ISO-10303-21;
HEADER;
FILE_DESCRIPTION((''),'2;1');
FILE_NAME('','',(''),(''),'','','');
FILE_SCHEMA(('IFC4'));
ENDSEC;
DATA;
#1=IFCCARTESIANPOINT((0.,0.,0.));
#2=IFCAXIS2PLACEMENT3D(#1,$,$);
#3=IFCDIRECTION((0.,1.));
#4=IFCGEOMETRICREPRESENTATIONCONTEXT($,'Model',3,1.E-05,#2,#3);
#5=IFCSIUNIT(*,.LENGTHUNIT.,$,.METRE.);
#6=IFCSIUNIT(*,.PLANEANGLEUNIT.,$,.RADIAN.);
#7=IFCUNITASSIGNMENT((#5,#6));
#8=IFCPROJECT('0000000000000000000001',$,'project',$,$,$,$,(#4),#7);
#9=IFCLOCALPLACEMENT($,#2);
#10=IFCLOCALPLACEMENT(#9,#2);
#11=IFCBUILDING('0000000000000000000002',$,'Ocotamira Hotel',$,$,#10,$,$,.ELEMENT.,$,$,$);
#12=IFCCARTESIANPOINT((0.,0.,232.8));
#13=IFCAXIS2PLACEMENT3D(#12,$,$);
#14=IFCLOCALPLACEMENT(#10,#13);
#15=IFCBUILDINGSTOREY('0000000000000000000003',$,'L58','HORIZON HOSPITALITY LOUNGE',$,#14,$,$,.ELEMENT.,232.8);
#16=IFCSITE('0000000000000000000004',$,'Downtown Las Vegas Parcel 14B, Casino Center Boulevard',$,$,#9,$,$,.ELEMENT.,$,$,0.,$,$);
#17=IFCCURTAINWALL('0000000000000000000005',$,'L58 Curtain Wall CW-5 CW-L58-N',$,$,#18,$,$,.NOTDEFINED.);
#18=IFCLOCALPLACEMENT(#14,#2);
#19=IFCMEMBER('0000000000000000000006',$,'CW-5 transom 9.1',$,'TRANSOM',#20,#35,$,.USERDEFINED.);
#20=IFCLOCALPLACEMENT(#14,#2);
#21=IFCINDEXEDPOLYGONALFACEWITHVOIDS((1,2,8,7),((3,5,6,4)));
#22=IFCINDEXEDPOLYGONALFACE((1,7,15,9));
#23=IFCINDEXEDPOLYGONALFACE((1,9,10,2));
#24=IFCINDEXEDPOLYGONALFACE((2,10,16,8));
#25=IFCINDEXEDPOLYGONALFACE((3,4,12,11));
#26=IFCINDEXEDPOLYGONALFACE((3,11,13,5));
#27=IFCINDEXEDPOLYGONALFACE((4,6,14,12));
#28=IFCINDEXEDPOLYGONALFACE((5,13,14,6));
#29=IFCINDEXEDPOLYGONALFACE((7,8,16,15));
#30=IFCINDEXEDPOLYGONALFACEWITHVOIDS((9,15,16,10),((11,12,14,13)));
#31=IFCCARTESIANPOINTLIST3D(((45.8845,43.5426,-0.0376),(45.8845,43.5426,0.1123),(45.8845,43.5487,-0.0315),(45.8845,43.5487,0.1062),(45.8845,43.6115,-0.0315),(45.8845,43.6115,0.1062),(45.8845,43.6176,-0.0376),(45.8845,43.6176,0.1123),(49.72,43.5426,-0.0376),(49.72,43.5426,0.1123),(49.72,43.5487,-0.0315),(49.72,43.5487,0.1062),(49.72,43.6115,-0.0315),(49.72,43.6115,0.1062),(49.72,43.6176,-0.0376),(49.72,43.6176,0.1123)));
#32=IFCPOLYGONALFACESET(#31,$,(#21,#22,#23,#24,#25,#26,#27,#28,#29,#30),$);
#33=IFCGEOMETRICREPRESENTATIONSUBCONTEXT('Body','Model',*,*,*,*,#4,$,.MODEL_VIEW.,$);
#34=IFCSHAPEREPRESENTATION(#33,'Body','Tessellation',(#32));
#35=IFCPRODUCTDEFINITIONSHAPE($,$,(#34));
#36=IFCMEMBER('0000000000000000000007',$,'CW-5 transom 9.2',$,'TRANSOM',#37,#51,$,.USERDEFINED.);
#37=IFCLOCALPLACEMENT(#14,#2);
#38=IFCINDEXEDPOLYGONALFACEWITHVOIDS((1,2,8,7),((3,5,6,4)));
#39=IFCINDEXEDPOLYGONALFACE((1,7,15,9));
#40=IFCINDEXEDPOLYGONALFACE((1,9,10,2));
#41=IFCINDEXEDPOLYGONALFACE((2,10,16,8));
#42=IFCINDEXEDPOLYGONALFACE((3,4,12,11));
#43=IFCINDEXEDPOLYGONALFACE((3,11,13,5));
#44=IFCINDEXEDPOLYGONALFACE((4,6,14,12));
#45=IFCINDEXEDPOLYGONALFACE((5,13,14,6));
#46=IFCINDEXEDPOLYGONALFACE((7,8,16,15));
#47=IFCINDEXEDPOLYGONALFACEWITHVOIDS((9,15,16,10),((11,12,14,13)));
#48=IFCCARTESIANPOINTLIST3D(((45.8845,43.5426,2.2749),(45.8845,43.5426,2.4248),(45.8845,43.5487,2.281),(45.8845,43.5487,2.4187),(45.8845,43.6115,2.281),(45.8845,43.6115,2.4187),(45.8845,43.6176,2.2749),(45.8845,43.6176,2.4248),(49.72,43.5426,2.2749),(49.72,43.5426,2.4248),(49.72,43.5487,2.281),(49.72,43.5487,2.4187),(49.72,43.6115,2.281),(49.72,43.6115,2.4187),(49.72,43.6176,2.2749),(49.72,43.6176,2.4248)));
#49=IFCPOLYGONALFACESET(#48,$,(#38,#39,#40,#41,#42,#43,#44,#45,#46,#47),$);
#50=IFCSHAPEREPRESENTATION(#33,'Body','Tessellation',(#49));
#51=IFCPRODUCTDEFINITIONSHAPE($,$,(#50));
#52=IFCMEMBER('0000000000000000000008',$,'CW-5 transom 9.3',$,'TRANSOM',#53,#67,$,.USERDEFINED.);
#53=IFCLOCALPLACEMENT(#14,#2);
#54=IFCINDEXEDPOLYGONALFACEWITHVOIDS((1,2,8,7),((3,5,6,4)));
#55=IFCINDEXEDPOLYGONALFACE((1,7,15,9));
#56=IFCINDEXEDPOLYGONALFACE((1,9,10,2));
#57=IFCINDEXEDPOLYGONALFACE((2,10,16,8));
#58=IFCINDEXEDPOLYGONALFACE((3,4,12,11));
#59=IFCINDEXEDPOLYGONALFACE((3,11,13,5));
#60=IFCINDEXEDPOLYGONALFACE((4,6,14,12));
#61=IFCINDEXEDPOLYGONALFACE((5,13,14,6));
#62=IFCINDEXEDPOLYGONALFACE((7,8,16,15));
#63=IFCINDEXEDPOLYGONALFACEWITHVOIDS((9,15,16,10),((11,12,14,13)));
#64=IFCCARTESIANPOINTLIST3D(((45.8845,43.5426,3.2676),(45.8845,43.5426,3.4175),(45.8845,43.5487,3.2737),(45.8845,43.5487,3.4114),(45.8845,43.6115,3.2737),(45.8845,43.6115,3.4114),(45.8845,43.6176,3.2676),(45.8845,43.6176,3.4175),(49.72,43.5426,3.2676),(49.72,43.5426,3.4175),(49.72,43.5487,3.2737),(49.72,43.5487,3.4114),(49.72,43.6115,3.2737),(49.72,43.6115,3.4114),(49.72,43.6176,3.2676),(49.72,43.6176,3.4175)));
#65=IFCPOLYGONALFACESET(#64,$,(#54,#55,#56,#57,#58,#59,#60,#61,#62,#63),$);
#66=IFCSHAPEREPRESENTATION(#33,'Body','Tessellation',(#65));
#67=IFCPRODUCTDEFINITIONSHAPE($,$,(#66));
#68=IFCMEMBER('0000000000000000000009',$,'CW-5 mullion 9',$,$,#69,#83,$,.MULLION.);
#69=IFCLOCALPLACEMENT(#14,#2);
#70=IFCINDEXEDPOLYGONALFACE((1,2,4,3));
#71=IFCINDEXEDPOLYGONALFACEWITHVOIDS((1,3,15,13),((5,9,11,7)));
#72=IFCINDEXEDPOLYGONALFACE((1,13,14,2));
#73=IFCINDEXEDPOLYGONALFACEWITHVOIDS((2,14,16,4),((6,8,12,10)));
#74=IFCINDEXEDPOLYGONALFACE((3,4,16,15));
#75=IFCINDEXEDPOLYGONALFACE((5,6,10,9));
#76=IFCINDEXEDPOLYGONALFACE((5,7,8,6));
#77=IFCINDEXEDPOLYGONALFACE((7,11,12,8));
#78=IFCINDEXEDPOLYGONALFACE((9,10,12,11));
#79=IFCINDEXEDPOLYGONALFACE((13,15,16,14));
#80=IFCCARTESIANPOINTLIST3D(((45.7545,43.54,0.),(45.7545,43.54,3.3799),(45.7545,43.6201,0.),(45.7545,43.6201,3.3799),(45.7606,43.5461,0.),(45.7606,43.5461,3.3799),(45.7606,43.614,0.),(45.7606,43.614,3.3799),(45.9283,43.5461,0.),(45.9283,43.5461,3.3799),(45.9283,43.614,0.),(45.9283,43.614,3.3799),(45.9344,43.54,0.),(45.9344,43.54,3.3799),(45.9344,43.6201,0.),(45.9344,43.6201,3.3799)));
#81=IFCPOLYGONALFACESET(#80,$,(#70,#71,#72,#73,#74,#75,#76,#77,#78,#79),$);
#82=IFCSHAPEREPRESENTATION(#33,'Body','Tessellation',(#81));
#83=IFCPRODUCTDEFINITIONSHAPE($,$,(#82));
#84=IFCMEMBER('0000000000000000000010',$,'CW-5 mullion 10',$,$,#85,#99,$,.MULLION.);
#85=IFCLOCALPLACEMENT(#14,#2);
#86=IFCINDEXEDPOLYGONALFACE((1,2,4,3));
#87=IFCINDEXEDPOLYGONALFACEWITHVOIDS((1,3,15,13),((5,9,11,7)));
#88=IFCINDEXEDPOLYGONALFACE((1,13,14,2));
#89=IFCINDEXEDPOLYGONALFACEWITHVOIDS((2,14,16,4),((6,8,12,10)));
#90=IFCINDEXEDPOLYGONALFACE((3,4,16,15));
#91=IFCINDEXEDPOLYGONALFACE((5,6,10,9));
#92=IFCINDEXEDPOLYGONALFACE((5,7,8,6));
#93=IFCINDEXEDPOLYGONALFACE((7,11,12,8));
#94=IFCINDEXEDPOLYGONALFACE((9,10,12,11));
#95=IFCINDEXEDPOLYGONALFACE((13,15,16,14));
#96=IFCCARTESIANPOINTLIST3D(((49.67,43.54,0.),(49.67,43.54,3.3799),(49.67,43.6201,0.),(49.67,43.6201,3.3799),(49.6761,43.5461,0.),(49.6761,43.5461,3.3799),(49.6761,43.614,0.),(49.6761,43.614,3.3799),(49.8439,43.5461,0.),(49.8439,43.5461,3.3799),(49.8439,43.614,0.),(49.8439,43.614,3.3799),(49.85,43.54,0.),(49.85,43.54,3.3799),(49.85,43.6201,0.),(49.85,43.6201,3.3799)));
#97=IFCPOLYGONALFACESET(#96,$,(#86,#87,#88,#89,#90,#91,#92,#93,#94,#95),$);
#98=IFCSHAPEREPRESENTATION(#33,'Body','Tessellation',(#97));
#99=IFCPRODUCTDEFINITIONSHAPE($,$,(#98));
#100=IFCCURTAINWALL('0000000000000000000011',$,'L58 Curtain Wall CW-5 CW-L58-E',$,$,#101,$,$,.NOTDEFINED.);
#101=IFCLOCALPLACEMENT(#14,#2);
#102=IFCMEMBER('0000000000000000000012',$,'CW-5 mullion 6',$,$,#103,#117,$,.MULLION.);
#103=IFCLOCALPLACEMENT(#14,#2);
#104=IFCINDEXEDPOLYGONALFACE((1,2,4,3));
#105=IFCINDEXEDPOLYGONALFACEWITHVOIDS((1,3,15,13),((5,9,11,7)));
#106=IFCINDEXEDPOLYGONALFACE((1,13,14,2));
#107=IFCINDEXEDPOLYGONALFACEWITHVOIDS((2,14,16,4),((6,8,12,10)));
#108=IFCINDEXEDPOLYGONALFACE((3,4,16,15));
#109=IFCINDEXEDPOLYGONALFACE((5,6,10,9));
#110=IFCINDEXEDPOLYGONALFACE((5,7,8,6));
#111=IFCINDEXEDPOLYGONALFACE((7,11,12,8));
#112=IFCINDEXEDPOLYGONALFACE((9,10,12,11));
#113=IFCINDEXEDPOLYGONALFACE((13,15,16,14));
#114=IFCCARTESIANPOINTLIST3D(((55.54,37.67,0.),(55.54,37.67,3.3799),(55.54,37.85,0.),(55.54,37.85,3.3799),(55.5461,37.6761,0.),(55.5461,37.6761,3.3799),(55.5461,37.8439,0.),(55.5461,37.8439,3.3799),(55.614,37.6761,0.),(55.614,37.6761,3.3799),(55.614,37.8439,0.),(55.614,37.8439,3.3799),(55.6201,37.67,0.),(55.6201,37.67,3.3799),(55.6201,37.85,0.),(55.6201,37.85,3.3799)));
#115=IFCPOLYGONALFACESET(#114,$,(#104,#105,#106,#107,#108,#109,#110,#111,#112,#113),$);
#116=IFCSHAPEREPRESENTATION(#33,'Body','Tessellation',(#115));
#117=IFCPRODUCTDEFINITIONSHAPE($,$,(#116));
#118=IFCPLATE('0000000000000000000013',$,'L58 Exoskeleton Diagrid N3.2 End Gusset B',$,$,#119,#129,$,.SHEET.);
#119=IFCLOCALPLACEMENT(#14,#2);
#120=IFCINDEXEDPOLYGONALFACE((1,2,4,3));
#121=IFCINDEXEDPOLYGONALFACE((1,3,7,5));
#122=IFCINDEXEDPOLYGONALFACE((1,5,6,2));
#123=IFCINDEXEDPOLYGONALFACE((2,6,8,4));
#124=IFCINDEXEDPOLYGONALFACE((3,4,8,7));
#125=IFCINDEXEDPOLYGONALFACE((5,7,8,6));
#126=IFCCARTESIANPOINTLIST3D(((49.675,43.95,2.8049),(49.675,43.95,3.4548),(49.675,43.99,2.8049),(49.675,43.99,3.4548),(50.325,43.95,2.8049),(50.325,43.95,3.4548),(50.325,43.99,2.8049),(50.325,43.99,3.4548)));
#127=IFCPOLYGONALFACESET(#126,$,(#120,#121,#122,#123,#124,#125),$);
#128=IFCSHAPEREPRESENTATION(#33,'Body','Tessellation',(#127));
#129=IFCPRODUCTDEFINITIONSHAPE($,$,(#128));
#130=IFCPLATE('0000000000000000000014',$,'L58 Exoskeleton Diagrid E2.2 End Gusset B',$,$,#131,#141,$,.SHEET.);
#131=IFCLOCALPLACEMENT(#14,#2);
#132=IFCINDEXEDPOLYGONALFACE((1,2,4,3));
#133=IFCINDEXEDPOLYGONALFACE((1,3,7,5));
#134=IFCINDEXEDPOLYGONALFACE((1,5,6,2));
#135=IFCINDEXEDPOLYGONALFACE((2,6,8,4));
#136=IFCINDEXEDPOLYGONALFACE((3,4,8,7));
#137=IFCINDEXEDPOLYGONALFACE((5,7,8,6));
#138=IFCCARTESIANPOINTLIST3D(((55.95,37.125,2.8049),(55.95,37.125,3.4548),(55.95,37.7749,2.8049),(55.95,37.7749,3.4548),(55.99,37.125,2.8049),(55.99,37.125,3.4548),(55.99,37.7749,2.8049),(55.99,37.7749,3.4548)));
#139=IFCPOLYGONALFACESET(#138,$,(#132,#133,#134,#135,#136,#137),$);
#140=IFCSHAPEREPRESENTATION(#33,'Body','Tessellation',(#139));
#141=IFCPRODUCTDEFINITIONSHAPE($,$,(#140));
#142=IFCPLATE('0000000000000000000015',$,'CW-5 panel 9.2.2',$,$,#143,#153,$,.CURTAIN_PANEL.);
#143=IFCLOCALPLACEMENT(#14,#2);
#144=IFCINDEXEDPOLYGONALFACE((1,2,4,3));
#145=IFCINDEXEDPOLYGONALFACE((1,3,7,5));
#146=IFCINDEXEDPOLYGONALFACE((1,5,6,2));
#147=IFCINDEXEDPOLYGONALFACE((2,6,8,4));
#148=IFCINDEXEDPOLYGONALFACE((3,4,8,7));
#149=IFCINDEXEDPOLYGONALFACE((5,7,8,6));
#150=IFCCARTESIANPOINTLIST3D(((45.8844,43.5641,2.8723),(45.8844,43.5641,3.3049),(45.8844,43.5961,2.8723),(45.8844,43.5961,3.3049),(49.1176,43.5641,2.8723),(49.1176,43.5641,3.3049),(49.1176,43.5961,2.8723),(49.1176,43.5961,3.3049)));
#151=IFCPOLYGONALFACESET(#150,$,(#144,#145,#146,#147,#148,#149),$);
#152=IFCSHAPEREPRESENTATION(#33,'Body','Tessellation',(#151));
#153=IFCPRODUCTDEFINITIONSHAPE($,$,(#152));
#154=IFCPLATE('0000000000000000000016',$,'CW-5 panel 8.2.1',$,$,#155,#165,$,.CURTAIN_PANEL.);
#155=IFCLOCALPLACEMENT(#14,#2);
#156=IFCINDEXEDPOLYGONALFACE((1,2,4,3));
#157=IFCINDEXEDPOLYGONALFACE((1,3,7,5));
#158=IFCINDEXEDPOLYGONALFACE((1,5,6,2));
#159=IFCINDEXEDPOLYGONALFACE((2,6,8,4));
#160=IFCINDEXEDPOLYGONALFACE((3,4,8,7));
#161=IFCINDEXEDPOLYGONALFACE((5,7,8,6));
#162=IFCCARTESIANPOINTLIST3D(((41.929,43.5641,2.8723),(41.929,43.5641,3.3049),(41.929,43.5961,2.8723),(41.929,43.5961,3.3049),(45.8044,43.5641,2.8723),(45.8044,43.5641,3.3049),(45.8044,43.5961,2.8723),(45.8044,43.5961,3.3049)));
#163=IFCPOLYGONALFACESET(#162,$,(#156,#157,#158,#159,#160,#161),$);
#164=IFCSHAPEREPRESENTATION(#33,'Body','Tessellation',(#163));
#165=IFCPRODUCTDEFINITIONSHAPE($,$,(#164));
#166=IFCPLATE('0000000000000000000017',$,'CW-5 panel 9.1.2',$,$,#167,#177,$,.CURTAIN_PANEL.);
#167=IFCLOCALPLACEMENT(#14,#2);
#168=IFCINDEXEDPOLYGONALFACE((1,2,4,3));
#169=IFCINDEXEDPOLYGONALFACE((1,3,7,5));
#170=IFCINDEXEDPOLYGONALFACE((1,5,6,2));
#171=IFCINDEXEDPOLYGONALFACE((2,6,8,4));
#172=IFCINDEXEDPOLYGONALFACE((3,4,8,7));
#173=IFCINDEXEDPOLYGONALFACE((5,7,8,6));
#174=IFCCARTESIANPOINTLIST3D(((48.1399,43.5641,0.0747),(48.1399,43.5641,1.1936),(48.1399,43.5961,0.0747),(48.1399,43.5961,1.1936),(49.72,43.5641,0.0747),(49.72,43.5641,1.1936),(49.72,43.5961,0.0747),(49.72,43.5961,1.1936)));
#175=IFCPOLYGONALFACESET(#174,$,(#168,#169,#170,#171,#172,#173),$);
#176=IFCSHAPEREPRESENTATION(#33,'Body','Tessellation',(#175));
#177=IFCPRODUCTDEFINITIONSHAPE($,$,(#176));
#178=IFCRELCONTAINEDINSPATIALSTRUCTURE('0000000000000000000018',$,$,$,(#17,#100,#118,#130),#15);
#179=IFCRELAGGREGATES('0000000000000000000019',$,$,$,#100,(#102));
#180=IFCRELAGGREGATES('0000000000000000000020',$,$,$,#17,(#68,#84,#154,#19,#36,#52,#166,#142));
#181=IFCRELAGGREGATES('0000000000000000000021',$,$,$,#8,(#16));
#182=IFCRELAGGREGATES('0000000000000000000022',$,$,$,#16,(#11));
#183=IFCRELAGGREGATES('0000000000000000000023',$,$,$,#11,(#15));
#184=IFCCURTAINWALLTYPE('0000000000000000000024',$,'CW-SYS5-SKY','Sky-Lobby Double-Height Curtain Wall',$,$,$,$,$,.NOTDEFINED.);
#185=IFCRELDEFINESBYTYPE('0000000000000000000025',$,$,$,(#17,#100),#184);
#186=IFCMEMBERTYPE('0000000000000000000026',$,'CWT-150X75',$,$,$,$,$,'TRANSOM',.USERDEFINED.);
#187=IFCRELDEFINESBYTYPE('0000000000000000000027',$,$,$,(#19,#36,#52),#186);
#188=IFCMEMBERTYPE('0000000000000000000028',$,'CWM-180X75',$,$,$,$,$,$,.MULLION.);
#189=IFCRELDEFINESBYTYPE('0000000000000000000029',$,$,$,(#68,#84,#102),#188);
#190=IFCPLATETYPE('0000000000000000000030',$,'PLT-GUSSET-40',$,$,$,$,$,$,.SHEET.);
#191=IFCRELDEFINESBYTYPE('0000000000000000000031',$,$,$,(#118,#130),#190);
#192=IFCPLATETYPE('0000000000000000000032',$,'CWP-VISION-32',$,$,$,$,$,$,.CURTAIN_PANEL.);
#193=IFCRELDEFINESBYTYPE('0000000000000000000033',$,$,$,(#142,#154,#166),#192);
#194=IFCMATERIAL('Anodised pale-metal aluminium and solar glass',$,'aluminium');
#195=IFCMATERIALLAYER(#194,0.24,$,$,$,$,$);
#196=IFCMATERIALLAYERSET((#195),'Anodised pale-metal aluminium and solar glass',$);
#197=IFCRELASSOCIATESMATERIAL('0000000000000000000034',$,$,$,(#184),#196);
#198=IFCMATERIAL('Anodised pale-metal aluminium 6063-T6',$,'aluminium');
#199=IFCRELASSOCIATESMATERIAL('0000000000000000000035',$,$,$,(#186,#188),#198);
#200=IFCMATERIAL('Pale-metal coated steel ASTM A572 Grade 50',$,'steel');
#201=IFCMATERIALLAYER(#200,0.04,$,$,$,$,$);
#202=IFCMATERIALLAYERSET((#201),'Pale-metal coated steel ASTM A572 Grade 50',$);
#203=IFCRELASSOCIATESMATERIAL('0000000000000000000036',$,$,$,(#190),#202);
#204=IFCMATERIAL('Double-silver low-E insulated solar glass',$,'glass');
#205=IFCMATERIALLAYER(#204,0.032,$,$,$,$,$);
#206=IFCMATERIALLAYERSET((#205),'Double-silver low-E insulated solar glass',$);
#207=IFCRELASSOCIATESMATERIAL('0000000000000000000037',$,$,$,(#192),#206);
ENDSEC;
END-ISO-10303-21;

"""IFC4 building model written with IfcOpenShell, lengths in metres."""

from ifc_helpers import new_model, si_unit, direction, frame, origin, origin_2d, place, context, subcontext, project, spatial, rectangle, hollow_rectangle, extrude, source, transform, mapped, material, layer, layer_set, material_profile, profile_set, type_object, element, aggregate, save


model = new_model("IFC4")

# Units and contexts
model_context = context("Model", 3, precision=1e-05, world=origin(), true_north=direction((0.0, 1.0)))
body_context = subcontext(model_context, "Body", "Model", "MODEL_VIEW")
ifc_project = project(units=[si_unit("LENGTHUNIT", "METRE"), si_unit("PLANEANGLEUNIT", "RADIAN")], contexts=[model_context])

# Site, building, storey
site_placement = place(None, origin())
site = spatial("IfcSite", under=ifc_project, at=site_placement, Name="Downtown Las Vegas Parcel 14B, Casino Center Boulevard", CompositionType="ELEMENT", RefElevation=0.0)
building_placement = place(site_placement, origin())
building = spatial("IfcBuilding", under=site, at=building_placement, Name="Ocotamira Hotel", CompositionType="ELEMENT")
storey_placement = place(building_placement, frame((0.0, 0.0, 232.8)))
storey = spatial("IfcBuildingStorey", under=building, at=storey_placement, Name="L58", Description="HORIZON HOSPITALITY LOUNGE", CompositionType="ELEMENT", Elevation=232.8)

# Curtain wall, members
ifc_material_1 = material(Name="Anodised pale-metal aluminium and solar glass", Category="aluminium")
ifc_layer_1 = layer(ifc_material_1, 0.24)
ifc_layer_set_1 = layer_set([ifc_layer_1], Name="Anodised pale-metal aluminium and solar glass")
curtain_wall_type = type_object("IfcCurtainWallType", Name="CW-SYS5-SKY", Description="Sky-Lobby Double-Height Curtain Wall", PredefinedType="NOTDEFINED", material=ifc_layer_set_1)
curtain_wall_1_placement = place(storey_placement, origin())
curtain_wall_1 = element("IfcCurtainWall", 1, at=curtain_wall_1_placement, inside=storey, type_object=curtain_wall_type, Name="L58 Curtain Wall CW-5 CW-L58-N", PredefinedType="NOTDEFINED")
ifc_material_2 = material(Name="Anodised pale-metal aluminium 6063-T6", Category="aluminium")
ifc_material_profile_1 = material_profile(ifc_material_2, hollow_rectangle(XDim=0.075, YDim=0.1499, WallThickness=0.0061, at=origin_2d()), Name="HSS150X75X6")
ifc_profile_set_1 = profile_set([ifc_material_profile_1], Name="Anodised pale-metal aluminium 6063-T6")
member_type_1 = type_object("IfcMemberType", Name="CWT-150X75", ElementType="TRANSOM", PredefinedType="USERDEFINED", material=ifc_profile_set_1)
shared_shape_1 = source(origin(), body_context, "Body", "SweptSolid", [
    extrude(hollow_rectangle(XDim=0.075, YDim=0.1499, WallThickness=0.0061, at=origin_2d()), origin(), (0.0, 0.0, 1.0), 3.8354),
])
member_1_placement = place(storey_placement, frame((45.8845, 43.5801, 0.0374), z_axis=(1.0, 0.0, 0.0), x_axis=(0.0, 1.0, 0.0)))
member_1 = element("IfcMember", 2, at=member_1_placement, type_object=member_type_1, Name="CW-5 transom 9.1", ObjectType="TRANSOM", PredefinedType="USERDEFINED", context=body_context, shape_type="MappedRepresentation", body=[
    mapped(shared_shape_1, transform((0.0, 0.0, 0.0), scale=1.0)),
])
member_2_placement = place(storey_placement, frame((45.8845, 43.5801, 2.3499), z_axis=(1.0, 0.0, 0.0), x_axis=(0.0, 1.0, 0.0)))
member_2 = element("IfcMember", 3, at=member_2_placement, type_object=member_type_1, Name="CW-5 transom 9.2", ObjectType="TRANSOM", PredefinedType="USERDEFINED", context=body_context, shape_type="MappedRepresentation", body=[
    mapped(shared_shape_1, transform((0.0, 0.0, 0.0), scale=1.0)),
])
member_3_placement = place(storey_placement, frame((45.8845, 43.5801, 3.3425), z_axis=(1.0, 0.0, 0.0), x_axis=(0.0, 1.0, 0.0)))
member_3 = element("IfcMember", 4, at=member_3_placement, type_object=member_type_1, Name="CW-5 transom 9.3", ObjectType="TRANSOM", PredefinedType="USERDEFINED", context=body_context, shape_type="MappedRepresentation", body=[
    mapped(shared_shape_1, transform((0.0, 0.0, 0.0), scale=1.0)),
])
ifc_material_profile_2 = material_profile(ifc_material_2, hollow_rectangle(XDim=0.0801, YDim=0.1799, WallThickness=0.0061, at=origin_2d()), Name="HSS180X80X6")
ifc_profile_set_2 = profile_set([ifc_material_profile_2], Name="Anodised pale-metal aluminium 6063-T6")
member_type_2 = type_object("IfcMemberType", Name="CWM-180X75", PredefinedType="MULLION", material=ifc_profile_set_2)
shared_shape_2 = source(origin(), body_context, "Body", "SweptSolid", [
    extrude(hollow_rectangle(XDim=0.0801, YDim=0.1799, WallThickness=0.0061, at=origin_2d()), origin(), (0.0, 0.0, 1.0), 3.3799),
])
member_4_placement = place(storey_placement, frame((45.8445, 43.5801, 0.0), z_axis=(0.0, 0.0, 1.0), x_axis=(0.0, 1.0, 0.0)))
member_4 = element("IfcMember", 5, at=member_4_placement, type_object=member_type_2, Name="CW-5 mullion 9", PredefinedType="MULLION", context=body_context, shape_type="MappedRepresentation", body=[
    mapped(shared_shape_2, transform((0.0, 0.0, 0.0), scale=1.0)),
])
member_5_placement = place(storey_placement, frame((49.76, 43.5801, 0.0), z_axis=(0.0, 0.0, 1.0), x_axis=(0.0, 1.0, 0.0)))
member_5 = element("IfcMember", 6, at=member_5_placement, type_object=member_type_2, Name="CW-5 mullion 10", PredefinedType="MULLION", context=body_context, shape_type="MappedRepresentation", body=[
    mapped(shared_shape_2, transform((0.0, 0.0, 0.0), scale=1.0)),
])

# Curtain wall, member
curtain_wall_2_placement = place(storey_placement, origin())
curtain_wall_2 = element("IfcCurtainWall", 7, at=curtain_wall_2_placement, inside=storey, type_object=curtain_wall_type, Name="L58 Curtain Wall CW-5 CW-L58-E", PredefinedType="NOTDEFINED")
member_6_placement = place(storey_placement, frame((55.5801, 37.76, 0.0), z_axis=(0.0, 0.0, 1.0), x_axis=(-1.0, 0.0, 0.0)))
member_6 = element("IfcMember", 8, at=member_6_placement, type_object=member_type_2, Name="CW-5 mullion 6", PredefinedType="MULLION", context=body_context, shape_type="MappedRepresentation", body=[
    mapped(shared_shape_2, transform((0.0, 0.0, 0.0), scale=1.0)),
])
aggregate(curtain_wall_2, [member_6])

# Plates
ifc_material_3 = material(Name="Pale-metal coated steel ASTM A572 Grade 50", Category="steel")
ifc_layer_2 = layer(ifc_material_3, 0.04)
ifc_layer_set_2 = layer_set([ifc_layer_2], Name="Pale-metal coated steel ASTM A572 Grade 50")
plate_type_1 = type_object("IfcPlateType", Name="PLT-GUSSET-40", PredefinedType="SHEET", material=ifc_layer_set_2)
shared_shape_3 = source(origin(), body_context, "Body", "SweptSolid", [
    extrude(rectangle(XDim=0.6499, YDim=0.04, at=origin_2d()), origin(), (0.0, 0.0, 1.0), 0.6499),
])
plate_1_placement = place(storey_placement, frame((50.0, 43.97, 2.8049), z_axis=(0.0, 0.0, 1.0), x_axis=(1.0, 0.0, 0.0)))
element("IfcPlate", 9, at=plate_1_placement, inside=storey, type_object=plate_type_1, Name="L58 Exoskeleton Diagrid N3.2 End Gusset B", PredefinedType="SHEET", context=body_context, shape_type="MappedRepresentation", body=[
    mapped(shared_shape_3, transform((0.0, 0.0, 0.0), scale=1.0)),
])
shared_shape_4 = source(origin(), body_context, "Body", "SweptSolid", [
    extrude(rectangle(XDim=0.04, YDim=0.6499, at=origin_2d()), origin(), (0.0, 0.0, 1.0), 0.6499),
])
plate_2_placement = place(storey_placement, frame((55.97, 37.45, 2.8049), z_axis=(0.0, 0.0, 1.0), x_axis=(1.0, 0.0, 0.0)))
element("IfcPlate", 10, at=plate_2_placement, inside=storey, type_object=plate_type_1, Name="L58 Exoskeleton Diagrid E2.2 End Gusset B", PredefinedType="SHEET", context=body_context, shape_type="MappedRepresentation", body=[
    mapped(shared_shape_4, transform((0.0, 0.0, 0.0), scale=1.0)),
])

# Plates
ifc_material_4 = material(Name="Double-silver low-E insulated solar glass", Category="glass")
ifc_layer_3 = layer(ifc_material_4, 0.032)
ifc_layer_set_3 = layer_set([ifc_layer_3], Name="Double-silver low-E insulated solar glass")
plate_type_2 = type_object("IfcPlateType", Name="CWP-VISION-32", PredefinedType="CURTAIN_PANEL", material=ifc_layer_set_3)
shared_shape_5 = source(origin(), body_context, "Body", "SweptSolid", [
    extrude(rectangle(XDim=3.2332, YDim=0.032, at=origin_2d()), origin(), (0.0, 0.0, 1.0), 0.4326),
])
plate_3_placement = place(storey_placement, frame((47.501, 43.5801, 2.8723), z_axis=(0.0, 0.0, 1.0), x_axis=(1.0, 0.0, 0.0)))
plate_3 = element("IfcPlate", 11, at=plate_3_placement, type_object=plate_type_2, Name="CW-5 panel 9.2.2", PredefinedType="CURTAIN_PANEL", context=body_context, shape_type="MappedRepresentation", body=[
    mapped(shared_shape_5, transform((0.0, 0.0, 0.0), scale=1.0)),
])
shared_shape_6 = source(origin(), body_context, "Body", "SweptSolid", [
    extrude(rectangle(XDim=3.8755, YDim=0.032, at=origin_2d()), origin(), (0.0, 0.0, 1.0), 0.4326),
])
plate_4_placement = place(storey_placement, frame((43.8667, 43.5801, 2.8723), z_axis=(0.0, 0.0, 1.0), x_axis=(1.0, 0.0, 0.0)))
plate_4 = element("IfcPlate", 12, at=plate_4_placement, type_object=plate_type_2, Name="CW-5 panel 8.2.1", PredefinedType="CURTAIN_PANEL", context=body_context, shape_type="MappedRepresentation", body=[
    mapped(shared_shape_6, transform((0.0, 0.0, 0.0), scale=1.0)),
])
shared_shape_7 = source(origin(), body_context, "Body", "SweptSolid", [
    extrude(rectangle(XDim=1.5801, YDim=0.032, at=origin_2d()), origin(), (0.0, 0.0, 1.0), 1.1189),
])
plate_5_placement = place(storey_placement, frame((48.9299, 43.5801, 0.0747), z_axis=(0.0, 0.0, 1.0), x_axis=(1.0, 0.0, 0.0)))
plate_5 = element("IfcPlate", 13, at=plate_5_placement, type_object=plate_type_2, Name="CW-5 panel 9.1.2", PredefinedType="CURTAIN_PANEL", context=body_context, shape_type="MappedRepresentation", body=[
    mapped(shared_shape_7, transform((0.0, 0.0, 0.0), scale=1.0)),
])
aggregate(curtain_wall_1, [member_4, member_5, plate_4, member_1, member_2, member_3, plate_5, plate_3])

save(model, "model.ifc")
